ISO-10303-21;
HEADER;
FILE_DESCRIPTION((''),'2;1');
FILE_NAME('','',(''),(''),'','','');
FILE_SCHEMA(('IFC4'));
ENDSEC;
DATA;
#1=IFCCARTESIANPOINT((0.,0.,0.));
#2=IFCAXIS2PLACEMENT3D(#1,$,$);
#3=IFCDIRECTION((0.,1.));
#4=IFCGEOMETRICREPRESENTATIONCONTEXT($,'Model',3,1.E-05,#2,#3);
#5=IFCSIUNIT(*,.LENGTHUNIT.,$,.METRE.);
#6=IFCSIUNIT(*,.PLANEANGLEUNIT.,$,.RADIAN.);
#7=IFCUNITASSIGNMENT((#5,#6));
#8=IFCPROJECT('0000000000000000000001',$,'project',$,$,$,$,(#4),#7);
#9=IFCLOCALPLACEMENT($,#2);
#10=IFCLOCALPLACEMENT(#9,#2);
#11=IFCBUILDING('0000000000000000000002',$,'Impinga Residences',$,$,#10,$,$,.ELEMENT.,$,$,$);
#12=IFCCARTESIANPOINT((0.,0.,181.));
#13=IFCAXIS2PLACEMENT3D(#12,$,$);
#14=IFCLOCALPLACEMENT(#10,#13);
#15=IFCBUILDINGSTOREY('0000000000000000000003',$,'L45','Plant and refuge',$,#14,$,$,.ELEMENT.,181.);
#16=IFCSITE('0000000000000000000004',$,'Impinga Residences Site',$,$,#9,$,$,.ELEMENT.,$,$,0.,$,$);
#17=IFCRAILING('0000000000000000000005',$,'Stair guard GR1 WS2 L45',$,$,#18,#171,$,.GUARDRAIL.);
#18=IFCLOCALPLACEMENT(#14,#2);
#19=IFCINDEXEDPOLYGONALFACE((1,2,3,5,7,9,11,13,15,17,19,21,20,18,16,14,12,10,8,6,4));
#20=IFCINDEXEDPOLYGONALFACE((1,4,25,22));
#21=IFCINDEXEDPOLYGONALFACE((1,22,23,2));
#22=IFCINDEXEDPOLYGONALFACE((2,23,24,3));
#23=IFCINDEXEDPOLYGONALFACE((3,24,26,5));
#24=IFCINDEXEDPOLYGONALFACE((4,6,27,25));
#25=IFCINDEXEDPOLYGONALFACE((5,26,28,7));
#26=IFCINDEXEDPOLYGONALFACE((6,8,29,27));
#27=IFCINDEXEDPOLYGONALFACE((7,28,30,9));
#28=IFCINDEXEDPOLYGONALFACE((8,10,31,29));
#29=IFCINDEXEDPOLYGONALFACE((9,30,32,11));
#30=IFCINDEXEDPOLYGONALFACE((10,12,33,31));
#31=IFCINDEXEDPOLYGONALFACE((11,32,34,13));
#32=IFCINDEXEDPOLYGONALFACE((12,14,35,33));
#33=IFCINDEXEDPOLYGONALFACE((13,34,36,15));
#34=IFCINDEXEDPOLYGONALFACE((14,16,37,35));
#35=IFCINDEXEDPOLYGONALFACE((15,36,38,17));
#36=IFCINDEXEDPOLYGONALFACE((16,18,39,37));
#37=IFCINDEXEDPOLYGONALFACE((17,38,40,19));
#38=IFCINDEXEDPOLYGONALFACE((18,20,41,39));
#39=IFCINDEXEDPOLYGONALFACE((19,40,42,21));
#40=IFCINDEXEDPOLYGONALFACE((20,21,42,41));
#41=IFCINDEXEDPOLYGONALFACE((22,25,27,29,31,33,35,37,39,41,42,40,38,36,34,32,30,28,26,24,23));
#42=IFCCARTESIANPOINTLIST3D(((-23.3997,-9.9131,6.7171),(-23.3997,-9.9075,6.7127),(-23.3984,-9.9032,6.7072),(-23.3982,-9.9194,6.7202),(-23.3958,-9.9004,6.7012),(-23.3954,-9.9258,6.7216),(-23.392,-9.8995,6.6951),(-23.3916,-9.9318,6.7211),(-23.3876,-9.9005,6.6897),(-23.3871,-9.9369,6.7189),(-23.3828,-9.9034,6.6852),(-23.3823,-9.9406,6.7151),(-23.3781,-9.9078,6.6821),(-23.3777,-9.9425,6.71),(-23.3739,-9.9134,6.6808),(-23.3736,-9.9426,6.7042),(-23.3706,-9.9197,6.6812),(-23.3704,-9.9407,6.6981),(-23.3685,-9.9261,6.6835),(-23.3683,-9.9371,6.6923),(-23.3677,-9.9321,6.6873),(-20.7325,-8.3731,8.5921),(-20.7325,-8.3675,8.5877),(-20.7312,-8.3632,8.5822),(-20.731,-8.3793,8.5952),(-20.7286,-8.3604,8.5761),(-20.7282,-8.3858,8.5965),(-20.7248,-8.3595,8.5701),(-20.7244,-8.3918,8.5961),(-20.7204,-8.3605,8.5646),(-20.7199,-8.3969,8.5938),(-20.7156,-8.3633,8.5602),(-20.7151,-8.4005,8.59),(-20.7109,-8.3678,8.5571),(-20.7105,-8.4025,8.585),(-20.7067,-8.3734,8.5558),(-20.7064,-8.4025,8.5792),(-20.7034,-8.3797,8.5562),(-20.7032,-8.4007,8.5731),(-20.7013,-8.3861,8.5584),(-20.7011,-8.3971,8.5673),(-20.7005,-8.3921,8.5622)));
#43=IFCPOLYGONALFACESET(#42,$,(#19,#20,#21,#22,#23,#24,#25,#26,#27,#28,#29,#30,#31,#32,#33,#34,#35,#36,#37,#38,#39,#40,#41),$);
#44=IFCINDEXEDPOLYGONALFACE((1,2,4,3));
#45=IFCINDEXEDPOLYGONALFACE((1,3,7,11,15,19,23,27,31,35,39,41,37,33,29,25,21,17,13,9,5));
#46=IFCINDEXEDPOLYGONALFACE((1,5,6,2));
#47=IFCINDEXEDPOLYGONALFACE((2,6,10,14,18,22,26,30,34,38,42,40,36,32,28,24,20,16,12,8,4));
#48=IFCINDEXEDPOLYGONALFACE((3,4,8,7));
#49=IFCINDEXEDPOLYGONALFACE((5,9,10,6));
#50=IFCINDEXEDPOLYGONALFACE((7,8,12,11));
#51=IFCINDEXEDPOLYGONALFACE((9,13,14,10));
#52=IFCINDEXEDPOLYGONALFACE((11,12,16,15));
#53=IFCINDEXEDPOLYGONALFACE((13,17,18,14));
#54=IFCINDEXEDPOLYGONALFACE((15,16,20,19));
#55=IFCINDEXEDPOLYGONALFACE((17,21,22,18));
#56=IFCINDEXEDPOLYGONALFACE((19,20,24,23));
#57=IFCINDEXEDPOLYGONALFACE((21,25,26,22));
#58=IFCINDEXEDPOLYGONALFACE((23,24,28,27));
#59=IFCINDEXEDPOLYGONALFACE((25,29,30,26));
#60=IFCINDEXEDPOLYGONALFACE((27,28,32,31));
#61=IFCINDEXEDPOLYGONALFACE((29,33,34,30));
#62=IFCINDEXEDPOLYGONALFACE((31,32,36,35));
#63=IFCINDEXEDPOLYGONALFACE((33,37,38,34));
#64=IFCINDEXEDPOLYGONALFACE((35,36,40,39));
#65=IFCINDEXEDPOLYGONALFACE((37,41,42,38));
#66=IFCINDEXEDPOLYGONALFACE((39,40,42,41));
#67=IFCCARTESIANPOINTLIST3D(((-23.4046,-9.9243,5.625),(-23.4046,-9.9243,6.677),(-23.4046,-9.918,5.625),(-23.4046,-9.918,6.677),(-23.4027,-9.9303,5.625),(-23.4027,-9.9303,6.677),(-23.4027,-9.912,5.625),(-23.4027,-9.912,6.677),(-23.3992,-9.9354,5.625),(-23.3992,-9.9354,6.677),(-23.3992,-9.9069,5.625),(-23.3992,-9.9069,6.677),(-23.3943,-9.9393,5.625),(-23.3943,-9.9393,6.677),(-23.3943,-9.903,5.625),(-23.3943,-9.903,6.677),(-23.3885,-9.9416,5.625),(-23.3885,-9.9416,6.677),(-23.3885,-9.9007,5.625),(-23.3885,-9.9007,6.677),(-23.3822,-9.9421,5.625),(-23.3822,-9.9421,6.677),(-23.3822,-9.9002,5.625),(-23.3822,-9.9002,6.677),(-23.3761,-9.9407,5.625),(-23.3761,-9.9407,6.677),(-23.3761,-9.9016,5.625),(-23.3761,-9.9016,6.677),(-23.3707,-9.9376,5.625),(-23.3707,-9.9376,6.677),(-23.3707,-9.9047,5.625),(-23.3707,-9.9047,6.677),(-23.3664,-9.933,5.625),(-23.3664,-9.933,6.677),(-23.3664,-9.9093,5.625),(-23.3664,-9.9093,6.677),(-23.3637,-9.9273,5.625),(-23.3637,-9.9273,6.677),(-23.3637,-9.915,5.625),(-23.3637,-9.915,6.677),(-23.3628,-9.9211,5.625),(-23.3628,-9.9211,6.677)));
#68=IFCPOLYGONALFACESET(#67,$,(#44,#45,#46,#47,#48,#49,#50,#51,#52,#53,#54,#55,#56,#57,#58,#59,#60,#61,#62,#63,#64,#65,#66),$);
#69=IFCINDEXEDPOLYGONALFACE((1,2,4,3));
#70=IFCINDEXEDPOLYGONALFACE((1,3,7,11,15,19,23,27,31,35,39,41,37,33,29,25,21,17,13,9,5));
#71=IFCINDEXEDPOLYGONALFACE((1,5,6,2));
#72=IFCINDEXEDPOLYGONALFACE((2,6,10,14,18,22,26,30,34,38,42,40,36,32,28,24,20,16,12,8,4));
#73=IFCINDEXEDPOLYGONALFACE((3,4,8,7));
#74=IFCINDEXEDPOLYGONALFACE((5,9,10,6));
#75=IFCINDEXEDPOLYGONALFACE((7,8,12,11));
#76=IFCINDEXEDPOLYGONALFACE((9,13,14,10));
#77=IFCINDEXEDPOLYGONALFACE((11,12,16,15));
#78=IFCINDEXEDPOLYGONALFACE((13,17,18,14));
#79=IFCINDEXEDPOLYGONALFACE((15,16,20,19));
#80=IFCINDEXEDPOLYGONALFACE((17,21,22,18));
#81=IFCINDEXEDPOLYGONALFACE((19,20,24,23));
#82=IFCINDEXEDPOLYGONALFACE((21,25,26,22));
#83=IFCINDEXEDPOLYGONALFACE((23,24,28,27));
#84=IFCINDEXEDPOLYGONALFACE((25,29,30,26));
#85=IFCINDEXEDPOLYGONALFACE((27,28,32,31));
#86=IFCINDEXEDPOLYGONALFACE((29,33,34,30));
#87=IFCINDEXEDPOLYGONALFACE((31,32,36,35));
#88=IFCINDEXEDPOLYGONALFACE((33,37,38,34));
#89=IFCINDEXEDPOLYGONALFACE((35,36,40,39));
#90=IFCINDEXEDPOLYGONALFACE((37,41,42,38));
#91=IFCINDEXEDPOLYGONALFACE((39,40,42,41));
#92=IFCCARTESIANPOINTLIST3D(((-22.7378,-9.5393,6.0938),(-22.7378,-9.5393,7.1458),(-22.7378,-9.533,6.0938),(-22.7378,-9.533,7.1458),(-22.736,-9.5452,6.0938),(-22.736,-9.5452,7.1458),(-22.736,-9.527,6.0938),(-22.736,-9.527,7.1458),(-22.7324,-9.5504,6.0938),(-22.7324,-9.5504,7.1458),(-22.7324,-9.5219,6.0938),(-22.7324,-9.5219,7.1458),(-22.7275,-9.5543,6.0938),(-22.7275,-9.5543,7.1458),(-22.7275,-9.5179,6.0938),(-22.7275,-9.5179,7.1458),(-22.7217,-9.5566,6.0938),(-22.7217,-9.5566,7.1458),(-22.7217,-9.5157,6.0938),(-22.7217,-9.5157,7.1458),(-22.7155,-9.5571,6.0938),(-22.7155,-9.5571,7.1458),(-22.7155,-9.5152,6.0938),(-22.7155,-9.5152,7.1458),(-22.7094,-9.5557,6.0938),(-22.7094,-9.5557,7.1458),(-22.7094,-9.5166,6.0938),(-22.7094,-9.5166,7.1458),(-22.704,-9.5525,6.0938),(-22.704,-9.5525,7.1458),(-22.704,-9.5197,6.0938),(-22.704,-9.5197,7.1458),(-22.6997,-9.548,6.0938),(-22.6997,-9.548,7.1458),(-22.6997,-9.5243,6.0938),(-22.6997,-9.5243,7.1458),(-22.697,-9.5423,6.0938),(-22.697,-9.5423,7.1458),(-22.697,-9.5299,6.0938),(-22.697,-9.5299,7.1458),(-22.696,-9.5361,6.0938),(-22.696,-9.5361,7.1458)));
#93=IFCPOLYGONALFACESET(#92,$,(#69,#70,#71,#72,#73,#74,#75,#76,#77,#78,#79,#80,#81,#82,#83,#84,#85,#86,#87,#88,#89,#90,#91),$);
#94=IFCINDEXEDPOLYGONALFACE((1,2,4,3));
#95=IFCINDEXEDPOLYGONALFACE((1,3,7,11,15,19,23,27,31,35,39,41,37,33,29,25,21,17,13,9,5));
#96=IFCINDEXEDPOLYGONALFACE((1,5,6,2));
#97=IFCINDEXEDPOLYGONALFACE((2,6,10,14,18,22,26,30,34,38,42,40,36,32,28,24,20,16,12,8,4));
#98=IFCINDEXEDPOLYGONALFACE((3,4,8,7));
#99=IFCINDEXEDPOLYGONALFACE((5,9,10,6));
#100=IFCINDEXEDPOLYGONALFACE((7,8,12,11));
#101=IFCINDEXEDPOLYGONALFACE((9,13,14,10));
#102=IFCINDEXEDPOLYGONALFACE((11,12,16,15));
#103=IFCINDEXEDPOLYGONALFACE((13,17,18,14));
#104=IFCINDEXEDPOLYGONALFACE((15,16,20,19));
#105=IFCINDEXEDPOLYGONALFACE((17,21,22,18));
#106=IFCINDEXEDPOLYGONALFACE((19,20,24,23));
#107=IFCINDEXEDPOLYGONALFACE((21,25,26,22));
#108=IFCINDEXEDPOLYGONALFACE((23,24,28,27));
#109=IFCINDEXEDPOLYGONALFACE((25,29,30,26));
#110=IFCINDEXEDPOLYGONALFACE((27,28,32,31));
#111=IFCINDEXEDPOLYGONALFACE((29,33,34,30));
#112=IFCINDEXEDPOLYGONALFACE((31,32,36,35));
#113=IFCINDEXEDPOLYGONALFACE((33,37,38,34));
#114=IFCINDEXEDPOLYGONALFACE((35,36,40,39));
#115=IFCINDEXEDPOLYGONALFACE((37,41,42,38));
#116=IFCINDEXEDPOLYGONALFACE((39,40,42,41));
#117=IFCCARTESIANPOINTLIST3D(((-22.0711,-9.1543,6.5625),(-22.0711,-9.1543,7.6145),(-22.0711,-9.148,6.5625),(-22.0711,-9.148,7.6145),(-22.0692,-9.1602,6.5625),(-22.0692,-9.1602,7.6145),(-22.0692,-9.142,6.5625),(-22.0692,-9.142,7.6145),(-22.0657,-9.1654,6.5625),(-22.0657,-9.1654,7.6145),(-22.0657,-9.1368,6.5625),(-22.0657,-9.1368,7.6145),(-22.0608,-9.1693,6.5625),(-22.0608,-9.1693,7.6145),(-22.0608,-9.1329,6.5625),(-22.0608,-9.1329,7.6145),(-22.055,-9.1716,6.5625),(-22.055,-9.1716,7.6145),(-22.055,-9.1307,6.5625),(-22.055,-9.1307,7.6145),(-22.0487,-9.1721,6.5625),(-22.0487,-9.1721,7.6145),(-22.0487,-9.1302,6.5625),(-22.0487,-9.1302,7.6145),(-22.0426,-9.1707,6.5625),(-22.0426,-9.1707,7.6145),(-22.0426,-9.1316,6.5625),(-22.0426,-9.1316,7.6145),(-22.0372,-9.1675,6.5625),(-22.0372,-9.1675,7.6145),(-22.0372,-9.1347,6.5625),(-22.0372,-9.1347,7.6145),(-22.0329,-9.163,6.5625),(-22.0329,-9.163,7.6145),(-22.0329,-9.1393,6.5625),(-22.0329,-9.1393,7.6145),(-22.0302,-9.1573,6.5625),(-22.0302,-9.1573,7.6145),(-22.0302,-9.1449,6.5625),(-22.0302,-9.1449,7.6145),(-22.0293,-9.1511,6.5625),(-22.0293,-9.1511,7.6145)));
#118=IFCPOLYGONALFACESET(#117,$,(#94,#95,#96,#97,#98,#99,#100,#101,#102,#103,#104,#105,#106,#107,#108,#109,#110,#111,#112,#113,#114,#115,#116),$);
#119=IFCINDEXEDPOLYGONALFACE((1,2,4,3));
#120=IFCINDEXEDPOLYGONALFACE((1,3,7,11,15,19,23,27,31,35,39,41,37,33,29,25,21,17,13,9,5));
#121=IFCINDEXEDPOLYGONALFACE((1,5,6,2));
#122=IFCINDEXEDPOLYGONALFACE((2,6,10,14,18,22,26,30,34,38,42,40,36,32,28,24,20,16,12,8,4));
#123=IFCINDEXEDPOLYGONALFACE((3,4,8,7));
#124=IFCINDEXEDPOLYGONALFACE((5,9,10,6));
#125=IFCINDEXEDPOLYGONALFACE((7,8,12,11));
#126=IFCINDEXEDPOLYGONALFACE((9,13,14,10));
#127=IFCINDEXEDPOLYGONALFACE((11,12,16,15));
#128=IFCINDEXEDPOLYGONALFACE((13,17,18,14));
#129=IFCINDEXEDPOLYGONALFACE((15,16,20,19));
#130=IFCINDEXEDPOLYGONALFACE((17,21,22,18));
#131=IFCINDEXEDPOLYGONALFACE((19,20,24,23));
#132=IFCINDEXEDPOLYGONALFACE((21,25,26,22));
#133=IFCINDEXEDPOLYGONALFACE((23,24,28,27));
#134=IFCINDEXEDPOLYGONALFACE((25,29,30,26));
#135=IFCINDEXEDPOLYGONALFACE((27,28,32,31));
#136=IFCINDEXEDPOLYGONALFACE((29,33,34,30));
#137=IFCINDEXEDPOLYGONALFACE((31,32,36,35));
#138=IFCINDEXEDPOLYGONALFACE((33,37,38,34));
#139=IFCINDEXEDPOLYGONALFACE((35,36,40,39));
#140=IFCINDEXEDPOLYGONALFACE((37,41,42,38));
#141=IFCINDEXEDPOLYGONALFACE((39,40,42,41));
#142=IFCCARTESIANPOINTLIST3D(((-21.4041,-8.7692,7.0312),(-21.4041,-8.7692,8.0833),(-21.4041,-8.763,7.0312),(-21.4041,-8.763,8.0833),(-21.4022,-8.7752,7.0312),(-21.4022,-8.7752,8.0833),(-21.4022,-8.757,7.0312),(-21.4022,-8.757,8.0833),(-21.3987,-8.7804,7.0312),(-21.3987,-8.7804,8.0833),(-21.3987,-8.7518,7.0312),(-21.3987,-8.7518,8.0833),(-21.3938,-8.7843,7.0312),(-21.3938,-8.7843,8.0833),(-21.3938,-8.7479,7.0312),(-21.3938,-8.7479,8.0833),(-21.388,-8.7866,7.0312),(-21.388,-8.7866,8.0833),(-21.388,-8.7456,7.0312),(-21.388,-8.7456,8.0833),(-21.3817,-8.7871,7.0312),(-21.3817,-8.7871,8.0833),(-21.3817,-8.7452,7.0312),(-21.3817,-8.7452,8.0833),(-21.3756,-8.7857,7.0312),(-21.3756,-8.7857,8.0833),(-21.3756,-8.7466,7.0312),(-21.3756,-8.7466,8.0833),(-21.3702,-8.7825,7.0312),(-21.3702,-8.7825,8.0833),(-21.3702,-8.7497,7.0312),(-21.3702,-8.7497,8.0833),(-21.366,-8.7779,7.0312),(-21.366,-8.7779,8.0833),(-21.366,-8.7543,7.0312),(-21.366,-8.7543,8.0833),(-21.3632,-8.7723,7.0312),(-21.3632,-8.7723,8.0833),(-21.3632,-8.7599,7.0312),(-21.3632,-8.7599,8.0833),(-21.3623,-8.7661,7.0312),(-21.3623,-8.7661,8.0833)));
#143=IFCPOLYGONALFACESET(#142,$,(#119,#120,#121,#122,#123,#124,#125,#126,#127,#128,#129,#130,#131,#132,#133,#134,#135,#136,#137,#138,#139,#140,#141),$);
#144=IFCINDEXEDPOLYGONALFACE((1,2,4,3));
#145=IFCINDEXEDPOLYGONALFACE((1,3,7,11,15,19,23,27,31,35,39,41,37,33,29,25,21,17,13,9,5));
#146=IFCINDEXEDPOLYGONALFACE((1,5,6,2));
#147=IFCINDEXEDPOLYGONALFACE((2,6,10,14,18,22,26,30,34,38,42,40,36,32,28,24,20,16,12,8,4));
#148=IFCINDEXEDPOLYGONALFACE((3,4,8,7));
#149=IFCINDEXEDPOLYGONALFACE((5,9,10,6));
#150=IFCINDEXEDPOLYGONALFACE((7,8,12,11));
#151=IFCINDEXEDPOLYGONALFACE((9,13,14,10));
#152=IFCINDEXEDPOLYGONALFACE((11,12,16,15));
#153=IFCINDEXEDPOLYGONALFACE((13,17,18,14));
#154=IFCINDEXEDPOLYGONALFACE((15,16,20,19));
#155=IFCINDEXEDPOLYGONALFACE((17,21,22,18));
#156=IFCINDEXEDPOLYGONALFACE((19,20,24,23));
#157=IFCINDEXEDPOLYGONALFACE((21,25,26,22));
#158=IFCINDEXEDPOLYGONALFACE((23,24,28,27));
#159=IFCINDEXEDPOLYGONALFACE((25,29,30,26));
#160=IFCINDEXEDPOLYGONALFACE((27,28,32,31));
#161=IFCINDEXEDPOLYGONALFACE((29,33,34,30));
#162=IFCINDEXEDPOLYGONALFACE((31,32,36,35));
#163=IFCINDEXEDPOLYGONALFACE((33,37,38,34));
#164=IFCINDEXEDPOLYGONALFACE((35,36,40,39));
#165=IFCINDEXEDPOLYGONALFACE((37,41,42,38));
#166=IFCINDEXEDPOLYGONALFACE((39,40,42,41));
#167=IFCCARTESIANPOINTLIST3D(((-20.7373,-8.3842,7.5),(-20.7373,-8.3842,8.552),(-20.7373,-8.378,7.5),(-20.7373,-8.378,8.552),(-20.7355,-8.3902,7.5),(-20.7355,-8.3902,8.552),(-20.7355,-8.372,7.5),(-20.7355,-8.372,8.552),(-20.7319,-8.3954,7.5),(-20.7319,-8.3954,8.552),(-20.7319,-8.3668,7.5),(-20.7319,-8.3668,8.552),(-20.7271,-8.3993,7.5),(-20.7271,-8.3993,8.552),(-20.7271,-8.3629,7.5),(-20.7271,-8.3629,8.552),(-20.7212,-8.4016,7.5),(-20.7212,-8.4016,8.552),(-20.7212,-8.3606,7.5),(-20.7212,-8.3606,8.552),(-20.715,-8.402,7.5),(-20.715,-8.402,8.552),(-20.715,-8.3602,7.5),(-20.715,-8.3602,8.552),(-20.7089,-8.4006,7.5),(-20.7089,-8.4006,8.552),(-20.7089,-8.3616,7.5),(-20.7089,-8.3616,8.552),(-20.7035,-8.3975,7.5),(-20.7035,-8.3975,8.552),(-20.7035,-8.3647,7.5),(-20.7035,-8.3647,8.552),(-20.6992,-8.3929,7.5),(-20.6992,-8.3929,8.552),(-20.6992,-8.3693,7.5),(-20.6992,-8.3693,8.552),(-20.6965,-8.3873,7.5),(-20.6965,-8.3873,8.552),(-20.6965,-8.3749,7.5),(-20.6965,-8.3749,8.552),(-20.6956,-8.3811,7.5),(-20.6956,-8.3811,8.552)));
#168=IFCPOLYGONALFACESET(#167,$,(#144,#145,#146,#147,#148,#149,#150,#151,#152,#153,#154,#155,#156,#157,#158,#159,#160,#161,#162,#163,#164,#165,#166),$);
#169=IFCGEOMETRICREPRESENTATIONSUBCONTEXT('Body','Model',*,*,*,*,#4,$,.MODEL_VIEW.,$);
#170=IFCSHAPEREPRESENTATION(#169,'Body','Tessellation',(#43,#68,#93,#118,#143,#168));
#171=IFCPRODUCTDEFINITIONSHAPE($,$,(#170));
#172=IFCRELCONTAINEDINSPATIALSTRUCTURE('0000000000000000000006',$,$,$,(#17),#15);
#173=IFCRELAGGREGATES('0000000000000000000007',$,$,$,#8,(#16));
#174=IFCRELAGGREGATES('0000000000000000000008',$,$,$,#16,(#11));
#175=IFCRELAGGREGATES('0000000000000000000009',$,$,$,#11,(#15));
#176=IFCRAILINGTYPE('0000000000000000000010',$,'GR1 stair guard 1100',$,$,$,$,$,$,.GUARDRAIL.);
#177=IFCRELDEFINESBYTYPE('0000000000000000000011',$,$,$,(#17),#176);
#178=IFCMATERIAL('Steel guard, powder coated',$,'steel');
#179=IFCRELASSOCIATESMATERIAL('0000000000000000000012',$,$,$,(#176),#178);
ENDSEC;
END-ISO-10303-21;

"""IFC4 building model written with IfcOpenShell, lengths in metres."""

from ifc_helpers import new_model, si_unit, direction, frame, origin, origin_2d, place, context, subcontext, project, spatial, circle, extrude, material, type_object, element, save


model = new_model("IFC4")

# Units and contexts
model_context = context("Model", 3, precision=1e-05, world=origin(), true_north=direction((0.0, 1.0)))
body_context = subcontext(model_context, "Body", "Model", "MODEL_VIEW")
ifc_project = project(units=[si_unit("LENGTHUNIT", "METRE"), si_unit("PLANEANGLEUNIT", "RADIAN")], contexts=[model_context])

# Site, building, storey
site_placement = place(None, origin())
site = spatial("IfcSite", under=ifc_project, at=site_placement, Name="Impinga Residences Site", CompositionType="ELEMENT", RefElevation=0.0)
building_placement = place(site_placement, origin())
building = spatial("IfcBuilding", under=site, at=building_placement, Name="Impinga Residences", CompositionType="ELEMENT")
storey_placement = place(building_placement, frame((0.0, 0.0, 181.0)))
storey = spatial("IfcBuildingStorey", under=building, at=storey_placement, Name="L45", Description="Plant and refuge", CompositionType="ELEMENT", Elevation=181.0)

# Railing
ifc_material_1 = material(Name="Steel guard, powder coated", Category="steel")
railing_type_1 = type_object("IfcRailingType", Name="GR1 stair guard 1100", PredefinedType="GUARDRAIL", material=ifc_material_1)
for number, where, name in (
    (1, (-23.3838, -9.9211, 5.625), "Stair guard GR1 WS2 L45"),
):
    element("IfcRailing", number, at=place(storey_placement, frame(where)), inside=storey, type_object=railing_type_1, Name=name, PredefinedType="GUARDRAIL", context=body_context, shape_type="SweptSolid", body=[
        extrude(circle(Radius=0.0239, at=origin_2d()), frame((0.0, 0.0, 1.0762), z_axis=(0.739716, 0.427105, 0.520002), x_axis=(-0.500027, 0.86601, 0.0)), (0.0, 0.0, 1.0), 3.6057),
        extrude(circle(Radius=0.021, at=origin_2d()), origin(), (0.0, 0.0, 1.0), 1.052),
        extrude(circle(Radius=0.021, at=origin_2d()), frame((0.6667, 0.385, 0.4688)), (0.0, 0.0, 1.0), 1.052),
        extrude(circle(Radius=0.021, at=origin_2d()), frame((1.3335, 0.77, 0.9375)), (0.0, 0.0, 1.0), 1.052),
        extrude(circle(Radius=0.021, at=origin_2d()), frame((2.0005, 1.155, 1.4062)), (0.0, 0.0, 1.0), 1.052),
        extrude(circle(Radius=0.021, at=origin_2d()), frame((2.6672, 1.54, 1.875)), (0.0, 0.0, 1.0), 1.052),
    ])

save(model, "model.ifc")
